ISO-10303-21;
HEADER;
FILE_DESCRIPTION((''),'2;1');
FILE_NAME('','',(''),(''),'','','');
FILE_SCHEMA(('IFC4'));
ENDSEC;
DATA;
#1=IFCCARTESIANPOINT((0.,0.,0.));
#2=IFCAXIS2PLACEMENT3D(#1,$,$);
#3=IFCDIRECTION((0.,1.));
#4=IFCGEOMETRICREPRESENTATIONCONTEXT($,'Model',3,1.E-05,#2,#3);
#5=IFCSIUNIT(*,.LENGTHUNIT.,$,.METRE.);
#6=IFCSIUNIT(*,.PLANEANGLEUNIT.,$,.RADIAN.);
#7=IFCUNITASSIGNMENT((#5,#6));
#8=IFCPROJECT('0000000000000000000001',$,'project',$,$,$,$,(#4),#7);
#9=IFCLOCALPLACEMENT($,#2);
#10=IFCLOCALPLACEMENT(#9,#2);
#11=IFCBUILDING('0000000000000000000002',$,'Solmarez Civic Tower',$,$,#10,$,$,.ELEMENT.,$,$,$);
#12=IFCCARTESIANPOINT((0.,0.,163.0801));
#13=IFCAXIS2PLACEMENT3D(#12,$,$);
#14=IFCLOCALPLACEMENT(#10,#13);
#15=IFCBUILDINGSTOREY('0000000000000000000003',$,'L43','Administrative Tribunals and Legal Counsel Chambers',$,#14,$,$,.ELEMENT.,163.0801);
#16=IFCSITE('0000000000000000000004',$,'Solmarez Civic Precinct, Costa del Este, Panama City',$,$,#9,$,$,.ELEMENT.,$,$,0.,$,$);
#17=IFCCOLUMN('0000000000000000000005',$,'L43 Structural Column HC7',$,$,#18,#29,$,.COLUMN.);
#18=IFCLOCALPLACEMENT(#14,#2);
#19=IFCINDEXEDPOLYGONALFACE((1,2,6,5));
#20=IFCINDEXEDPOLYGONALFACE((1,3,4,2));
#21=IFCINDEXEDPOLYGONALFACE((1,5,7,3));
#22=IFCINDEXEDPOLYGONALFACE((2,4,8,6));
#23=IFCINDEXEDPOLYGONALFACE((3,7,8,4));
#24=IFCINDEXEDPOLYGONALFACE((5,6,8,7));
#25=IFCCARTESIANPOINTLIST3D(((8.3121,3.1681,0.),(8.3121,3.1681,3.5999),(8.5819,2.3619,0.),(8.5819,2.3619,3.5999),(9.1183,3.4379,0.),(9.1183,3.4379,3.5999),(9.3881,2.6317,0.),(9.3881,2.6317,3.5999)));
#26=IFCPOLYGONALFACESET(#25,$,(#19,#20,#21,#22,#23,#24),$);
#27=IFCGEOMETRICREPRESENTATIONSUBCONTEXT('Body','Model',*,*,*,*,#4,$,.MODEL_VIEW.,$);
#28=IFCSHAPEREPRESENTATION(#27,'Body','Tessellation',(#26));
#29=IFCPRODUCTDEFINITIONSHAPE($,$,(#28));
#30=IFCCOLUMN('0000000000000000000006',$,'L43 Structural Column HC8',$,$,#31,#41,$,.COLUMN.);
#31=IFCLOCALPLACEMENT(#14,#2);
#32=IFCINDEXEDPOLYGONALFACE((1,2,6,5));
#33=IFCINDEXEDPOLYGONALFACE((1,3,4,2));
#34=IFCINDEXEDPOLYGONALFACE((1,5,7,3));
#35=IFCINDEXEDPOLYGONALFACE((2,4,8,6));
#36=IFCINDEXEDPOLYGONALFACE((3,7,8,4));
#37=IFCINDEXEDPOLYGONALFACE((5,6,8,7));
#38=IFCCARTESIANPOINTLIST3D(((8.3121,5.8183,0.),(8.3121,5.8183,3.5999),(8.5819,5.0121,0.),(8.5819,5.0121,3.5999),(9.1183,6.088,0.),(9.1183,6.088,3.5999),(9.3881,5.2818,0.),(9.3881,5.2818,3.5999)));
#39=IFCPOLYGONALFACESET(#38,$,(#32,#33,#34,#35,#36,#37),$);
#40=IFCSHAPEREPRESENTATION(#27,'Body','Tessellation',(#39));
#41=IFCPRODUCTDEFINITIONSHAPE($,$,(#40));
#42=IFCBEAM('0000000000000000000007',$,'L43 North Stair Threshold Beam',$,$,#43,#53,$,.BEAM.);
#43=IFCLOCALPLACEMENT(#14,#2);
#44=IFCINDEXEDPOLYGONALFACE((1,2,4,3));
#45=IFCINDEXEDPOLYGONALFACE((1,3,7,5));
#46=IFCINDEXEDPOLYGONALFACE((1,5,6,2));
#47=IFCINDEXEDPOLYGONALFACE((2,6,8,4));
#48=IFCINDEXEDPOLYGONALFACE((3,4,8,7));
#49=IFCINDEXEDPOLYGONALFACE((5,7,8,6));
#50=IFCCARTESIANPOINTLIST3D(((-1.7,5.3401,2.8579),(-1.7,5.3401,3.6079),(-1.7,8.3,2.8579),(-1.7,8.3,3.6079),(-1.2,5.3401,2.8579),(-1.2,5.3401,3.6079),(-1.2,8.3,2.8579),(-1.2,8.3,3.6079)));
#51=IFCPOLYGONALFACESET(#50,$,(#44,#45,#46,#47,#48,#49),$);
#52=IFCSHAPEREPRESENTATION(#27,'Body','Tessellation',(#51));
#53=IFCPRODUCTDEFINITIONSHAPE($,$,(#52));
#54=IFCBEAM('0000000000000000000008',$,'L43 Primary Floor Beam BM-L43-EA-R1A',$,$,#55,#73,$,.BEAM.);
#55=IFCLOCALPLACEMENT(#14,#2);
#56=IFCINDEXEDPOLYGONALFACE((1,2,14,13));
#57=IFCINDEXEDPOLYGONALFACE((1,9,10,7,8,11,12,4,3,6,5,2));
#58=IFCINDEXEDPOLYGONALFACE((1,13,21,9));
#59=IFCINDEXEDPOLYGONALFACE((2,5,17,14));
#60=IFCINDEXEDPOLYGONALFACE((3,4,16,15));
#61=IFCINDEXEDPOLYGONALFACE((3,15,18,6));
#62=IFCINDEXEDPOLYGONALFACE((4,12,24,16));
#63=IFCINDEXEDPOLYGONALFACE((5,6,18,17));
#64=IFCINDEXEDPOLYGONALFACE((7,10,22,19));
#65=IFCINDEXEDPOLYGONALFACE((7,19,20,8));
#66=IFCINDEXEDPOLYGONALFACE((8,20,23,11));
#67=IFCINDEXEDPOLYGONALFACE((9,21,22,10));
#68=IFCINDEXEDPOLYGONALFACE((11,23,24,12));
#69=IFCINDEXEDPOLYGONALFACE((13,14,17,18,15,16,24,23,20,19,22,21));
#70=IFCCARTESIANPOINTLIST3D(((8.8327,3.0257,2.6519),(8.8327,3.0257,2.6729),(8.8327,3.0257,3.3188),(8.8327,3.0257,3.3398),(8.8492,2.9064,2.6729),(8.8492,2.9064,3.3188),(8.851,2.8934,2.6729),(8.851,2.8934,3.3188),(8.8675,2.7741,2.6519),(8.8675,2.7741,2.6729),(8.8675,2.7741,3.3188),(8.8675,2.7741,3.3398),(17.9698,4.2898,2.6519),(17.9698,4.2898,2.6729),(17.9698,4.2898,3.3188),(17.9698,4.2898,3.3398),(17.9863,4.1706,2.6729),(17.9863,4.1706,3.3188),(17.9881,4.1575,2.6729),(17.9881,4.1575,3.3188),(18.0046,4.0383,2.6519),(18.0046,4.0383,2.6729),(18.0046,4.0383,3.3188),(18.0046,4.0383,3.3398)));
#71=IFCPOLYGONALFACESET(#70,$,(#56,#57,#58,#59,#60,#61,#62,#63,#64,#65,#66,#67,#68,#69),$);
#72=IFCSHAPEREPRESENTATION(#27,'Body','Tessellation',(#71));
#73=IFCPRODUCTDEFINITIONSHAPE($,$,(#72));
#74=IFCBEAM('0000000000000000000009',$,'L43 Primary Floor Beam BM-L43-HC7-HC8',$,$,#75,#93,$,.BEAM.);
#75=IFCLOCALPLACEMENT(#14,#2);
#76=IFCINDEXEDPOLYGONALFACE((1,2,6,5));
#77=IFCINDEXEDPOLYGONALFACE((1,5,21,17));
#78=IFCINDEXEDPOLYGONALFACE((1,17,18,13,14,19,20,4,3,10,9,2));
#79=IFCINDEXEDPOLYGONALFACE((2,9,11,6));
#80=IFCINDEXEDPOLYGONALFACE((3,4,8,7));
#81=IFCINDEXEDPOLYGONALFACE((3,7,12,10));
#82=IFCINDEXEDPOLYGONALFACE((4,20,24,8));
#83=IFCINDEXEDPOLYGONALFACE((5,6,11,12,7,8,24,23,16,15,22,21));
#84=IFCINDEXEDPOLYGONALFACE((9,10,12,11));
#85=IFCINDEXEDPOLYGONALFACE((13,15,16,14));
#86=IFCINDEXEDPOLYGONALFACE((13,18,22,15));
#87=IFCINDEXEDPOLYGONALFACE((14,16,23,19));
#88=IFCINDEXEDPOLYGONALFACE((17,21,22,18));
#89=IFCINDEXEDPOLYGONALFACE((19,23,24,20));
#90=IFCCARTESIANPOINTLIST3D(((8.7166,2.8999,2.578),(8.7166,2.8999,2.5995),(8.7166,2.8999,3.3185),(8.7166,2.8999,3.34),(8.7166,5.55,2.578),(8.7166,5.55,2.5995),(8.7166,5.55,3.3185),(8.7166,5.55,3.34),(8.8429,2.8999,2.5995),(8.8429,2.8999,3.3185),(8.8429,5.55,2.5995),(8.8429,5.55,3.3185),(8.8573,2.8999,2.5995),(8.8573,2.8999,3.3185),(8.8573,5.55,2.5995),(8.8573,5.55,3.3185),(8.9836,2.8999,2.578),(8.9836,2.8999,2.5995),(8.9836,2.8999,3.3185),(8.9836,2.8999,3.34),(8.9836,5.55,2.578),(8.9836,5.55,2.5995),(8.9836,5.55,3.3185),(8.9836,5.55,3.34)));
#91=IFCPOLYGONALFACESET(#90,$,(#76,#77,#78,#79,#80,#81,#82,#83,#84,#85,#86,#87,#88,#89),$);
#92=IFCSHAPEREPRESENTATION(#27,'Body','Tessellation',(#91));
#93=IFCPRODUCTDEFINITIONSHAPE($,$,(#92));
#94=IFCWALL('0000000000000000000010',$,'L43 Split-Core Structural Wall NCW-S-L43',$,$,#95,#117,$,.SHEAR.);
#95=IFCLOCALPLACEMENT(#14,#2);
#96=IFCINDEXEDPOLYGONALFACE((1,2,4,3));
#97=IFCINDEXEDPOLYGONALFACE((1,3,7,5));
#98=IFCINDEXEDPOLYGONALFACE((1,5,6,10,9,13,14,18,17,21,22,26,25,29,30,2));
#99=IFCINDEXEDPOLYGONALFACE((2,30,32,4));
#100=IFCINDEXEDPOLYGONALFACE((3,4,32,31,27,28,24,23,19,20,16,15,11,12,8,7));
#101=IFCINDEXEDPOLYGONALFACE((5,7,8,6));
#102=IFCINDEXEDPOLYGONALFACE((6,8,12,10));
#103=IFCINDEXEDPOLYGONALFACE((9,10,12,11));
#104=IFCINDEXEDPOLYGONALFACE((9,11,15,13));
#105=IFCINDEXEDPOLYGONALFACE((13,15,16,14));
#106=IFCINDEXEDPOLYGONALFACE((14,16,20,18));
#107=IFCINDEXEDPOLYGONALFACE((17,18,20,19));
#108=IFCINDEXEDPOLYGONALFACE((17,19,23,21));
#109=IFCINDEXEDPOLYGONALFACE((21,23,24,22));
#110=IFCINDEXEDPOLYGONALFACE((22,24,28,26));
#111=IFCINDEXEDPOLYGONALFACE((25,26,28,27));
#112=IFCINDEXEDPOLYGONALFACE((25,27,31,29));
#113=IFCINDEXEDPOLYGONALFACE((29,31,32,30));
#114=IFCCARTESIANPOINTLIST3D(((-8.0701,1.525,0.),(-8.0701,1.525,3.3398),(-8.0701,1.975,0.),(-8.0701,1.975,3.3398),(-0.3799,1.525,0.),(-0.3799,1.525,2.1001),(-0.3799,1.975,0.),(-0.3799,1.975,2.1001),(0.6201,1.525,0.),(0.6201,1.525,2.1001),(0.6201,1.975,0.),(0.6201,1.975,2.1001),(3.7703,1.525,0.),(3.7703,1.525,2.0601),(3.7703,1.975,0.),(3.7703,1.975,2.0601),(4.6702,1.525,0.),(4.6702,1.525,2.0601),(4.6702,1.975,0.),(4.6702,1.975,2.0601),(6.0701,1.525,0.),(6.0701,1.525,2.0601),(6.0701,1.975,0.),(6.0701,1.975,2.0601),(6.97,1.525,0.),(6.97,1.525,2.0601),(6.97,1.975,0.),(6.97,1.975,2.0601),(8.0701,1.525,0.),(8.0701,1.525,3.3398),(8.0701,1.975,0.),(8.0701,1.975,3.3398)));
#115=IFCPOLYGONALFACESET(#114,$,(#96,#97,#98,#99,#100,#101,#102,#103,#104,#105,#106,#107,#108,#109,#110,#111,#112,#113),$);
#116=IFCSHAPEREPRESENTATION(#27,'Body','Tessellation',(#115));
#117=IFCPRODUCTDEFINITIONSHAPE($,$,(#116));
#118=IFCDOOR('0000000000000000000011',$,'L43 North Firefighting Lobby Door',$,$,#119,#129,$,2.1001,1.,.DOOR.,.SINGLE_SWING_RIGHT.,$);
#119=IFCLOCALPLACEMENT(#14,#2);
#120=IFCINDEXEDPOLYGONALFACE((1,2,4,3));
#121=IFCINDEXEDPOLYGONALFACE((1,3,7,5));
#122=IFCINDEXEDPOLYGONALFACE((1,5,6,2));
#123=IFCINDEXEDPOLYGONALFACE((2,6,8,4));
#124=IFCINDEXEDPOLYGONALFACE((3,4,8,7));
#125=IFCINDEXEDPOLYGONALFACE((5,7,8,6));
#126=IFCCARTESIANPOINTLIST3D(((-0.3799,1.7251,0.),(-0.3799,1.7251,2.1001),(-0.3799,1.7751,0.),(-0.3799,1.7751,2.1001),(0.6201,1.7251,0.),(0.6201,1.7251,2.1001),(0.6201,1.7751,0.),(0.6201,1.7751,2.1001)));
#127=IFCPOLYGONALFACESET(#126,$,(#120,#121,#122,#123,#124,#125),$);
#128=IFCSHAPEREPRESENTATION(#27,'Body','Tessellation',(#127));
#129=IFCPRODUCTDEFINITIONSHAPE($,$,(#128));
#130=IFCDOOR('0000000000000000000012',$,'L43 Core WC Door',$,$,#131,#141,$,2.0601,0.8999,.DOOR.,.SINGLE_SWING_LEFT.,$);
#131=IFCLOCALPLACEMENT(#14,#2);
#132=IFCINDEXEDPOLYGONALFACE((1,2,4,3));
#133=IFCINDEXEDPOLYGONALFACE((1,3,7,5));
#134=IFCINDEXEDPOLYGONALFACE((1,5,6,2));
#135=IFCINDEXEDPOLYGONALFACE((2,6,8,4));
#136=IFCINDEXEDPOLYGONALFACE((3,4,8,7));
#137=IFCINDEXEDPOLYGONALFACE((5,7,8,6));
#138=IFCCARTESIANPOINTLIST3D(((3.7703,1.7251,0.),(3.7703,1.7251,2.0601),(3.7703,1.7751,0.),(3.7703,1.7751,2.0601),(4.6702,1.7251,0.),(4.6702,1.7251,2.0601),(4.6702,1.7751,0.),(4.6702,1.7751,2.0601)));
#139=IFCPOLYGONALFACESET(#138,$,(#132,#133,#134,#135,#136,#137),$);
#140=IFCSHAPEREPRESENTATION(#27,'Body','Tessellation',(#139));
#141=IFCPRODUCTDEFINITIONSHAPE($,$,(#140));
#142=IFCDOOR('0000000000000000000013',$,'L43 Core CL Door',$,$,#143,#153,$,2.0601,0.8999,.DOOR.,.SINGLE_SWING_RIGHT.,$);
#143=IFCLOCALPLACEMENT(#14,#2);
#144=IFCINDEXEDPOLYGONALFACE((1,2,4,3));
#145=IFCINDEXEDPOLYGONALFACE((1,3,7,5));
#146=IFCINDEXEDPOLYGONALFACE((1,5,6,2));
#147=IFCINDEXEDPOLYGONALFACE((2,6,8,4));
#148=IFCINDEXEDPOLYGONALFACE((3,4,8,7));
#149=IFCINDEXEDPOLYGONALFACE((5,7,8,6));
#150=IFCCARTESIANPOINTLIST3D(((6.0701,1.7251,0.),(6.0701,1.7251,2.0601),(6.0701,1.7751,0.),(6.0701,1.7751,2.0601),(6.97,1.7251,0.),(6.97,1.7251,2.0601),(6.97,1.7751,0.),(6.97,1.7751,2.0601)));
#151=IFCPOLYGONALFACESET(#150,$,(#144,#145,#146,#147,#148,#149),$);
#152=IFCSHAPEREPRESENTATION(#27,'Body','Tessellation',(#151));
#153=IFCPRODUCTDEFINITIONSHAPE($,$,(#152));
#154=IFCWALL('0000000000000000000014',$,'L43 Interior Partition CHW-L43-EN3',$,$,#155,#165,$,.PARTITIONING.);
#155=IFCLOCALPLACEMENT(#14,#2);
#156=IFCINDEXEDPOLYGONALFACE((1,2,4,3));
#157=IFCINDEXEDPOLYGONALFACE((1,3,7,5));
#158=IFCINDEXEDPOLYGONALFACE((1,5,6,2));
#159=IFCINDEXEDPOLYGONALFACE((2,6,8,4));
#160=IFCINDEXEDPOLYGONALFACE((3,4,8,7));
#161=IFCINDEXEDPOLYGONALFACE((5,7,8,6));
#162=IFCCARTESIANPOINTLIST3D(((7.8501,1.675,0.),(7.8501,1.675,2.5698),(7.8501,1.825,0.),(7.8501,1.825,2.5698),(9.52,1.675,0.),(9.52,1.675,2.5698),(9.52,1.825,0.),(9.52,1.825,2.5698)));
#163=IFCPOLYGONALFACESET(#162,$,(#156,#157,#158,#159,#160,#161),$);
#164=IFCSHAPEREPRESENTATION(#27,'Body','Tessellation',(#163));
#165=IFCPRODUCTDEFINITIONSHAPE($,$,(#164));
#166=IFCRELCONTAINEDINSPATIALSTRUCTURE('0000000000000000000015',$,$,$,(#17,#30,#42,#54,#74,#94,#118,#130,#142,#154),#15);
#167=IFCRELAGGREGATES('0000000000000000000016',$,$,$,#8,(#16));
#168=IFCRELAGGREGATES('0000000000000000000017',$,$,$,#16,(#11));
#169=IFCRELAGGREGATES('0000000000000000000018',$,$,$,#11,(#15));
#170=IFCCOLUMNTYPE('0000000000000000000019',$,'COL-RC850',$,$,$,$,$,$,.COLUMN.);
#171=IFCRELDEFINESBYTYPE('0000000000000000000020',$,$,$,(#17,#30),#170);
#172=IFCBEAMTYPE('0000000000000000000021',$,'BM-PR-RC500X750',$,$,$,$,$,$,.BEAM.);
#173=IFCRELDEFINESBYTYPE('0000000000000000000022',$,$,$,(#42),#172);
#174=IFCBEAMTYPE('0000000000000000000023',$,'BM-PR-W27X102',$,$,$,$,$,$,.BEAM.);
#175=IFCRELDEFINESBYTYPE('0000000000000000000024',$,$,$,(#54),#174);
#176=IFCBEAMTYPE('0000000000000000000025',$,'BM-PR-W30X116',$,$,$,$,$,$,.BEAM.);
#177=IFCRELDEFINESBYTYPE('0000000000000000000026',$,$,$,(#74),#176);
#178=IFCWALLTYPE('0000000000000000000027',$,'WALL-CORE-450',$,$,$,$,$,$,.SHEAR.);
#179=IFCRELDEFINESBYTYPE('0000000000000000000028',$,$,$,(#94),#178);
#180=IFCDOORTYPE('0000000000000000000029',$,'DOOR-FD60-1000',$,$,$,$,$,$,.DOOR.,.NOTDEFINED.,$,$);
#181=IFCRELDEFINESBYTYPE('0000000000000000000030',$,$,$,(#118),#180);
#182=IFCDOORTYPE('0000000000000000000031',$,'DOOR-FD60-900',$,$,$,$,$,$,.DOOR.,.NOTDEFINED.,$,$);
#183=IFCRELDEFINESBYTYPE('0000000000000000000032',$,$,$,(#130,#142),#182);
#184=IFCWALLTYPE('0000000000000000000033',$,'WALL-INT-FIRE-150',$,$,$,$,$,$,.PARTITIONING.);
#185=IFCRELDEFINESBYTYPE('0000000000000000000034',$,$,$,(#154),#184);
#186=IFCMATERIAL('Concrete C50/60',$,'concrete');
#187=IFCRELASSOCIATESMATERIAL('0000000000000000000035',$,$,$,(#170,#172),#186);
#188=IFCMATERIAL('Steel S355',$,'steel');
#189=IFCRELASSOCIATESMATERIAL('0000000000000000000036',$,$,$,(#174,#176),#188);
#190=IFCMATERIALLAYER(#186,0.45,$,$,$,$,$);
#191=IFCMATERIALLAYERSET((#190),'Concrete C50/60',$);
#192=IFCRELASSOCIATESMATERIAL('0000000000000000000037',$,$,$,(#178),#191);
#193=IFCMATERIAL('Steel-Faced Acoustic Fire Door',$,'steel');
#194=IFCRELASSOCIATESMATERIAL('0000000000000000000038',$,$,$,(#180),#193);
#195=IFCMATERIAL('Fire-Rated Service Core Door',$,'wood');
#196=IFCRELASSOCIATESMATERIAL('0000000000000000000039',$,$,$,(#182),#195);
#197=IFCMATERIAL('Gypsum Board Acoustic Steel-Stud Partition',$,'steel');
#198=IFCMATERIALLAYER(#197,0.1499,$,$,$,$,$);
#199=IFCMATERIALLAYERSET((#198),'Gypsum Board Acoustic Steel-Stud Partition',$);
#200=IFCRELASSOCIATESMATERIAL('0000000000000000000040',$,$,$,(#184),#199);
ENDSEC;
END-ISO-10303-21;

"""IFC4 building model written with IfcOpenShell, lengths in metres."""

from ifc_helpers import new_model, si_unit, direction, frame, frame_2d, origin, origin_2d, place, context, subcontext, project, spatial, rectangle, i_section, extrude, material, layer, layer_set, material_profile, profile_set, type_object, element, fill, save


model = new_model("IFC4")

# Units and contexts
model_context = context("Model", 3, precision=1e-05, world=origin(), true_north=direction((0.0, 1.0)))
body_context = subcontext(model_context, "Body", "Model", "MODEL_VIEW")
ifc_project = project(units=[si_unit("LENGTHUNIT", "METRE"), si_unit("PLANEANGLEUNIT", "RADIAN")], contexts=[model_context])

# Site, building, storey
site_placement = place(None, origin())
site = spatial("IfcSite", under=ifc_project, at=site_placement, Name="Solmarez Civic Precinct, Costa del Este, Panama City", CompositionType="ELEMENT", RefElevation=0.0)
building_placement = place(site_placement, origin())
building = spatial("IfcBuilding", under=site, at=building_placement, Name="Solmarez Civic Tower", CompositionType="ELEMENT")
storey_placement = place(building_placement, frame((0.0, 0.0, 163.0801)))
storey = spatial("IfcBuildingStorey", under=building, at=storey_placement, Name="L43", Description="Administrative Tribunals and Legal Counsel Chambers", CompositionType="ELEMENT", Elevation=163.0801)

# Columns
ifc_material_1 = material(Name="Concrete C50/60", Category="concrete")
ifc_material_profile_1 = material_profile(ifc_material_1, rectangle(XDim=0.8501, YDim=0.8501, at=origin_2d()), Name="RC850X850")
ifc_profile_set_1 = profile_set([ifc_material_profile_1], Name="Concrete C50/60")
column_type = type_object("IfcColumnType", Name="COL-RC850", PredefinedType="COLUMN", material=ifc_profile_set_1)
for number, where, z_axis, x_axis, name in (
    (1, (8.8501, 2.8999, 0.0), (0.0, 0.0, 1.0), (0.948324, 0.317305, 0.0), "L43 Structural Column HC7"),
    (2, (8.8501, 5.55, 0.0), (0.0, 0.0, 1.0), (0.948324, 0.317305, 0.0), "L43 Structural Column HC8"),
):
    element("IfcColumn", number, at=place(storey_placement, frame(where, z_axis=z_axis, x_axis=x_axis)), inside=storey, type_object=column_type, Name=name, PredefinedType="COLUMN", context=body_context, shape_type="SweptSolid", body=[
        extrude(rectangle(XDim=0.8501, YDim=0.8501, at=origin_2d()), origin(), (0.0, 0.0, 1.0), 3.5999),
    ])

# Beams
ifc_material_profile_2 = material_profile(ifc_material_1, rectangle(XDim=0.5, YDim=0.75, at=origin_2d()), Name="RC500X750")
ifc_profile_set_2 = profile_set([ifc_material_profile_2], Name="Concrete C50/60")
beam_type_1 = type_object("IfcBeamType", Name="BM-PR-RC500X750", PredefinedType="BEAM", material=ifc_profile_set_2)
beam_1_placement = place(storey_placement, frame((-1.45, 5.3401, 3.2329), z_axis=(0.0, 1.0, 0.0), x_axis=(-1.0, 0.0, 0.0)))
element("IfcBeam", 3, at=beam_1_placement, inside=storey, type_object=beam_type_1, Name="L43 North Stair Threshold Beam", PredefinedType="BEAM", context=body_context, shape_type="SweptSolid", body=[
    extrude(rectangle(XDim=0.5, YDim=0.75, at=origin_2d()), origin(), (0.0, 0.0, 1.0), 2.96),
])
ifc_material_2 = material(Name="Steel S355", Category="steel")
ifc_material_profile_3 = material_profile(ifc_material_2, i_section(OverallWidth=0.2539, OverallDepth=0.688, WebThickness=0.0132, FlangeThickness=0.021, at=origin_2d()), Name="W27X102")
ifc_profile_set_3 = profile_set([ifc_material_profile_3], Name="Steel S355")
beam_type_2 = type_object("IfcBeamType", Name="BM-PR-W27X102", PredefinedType="BEAM", material=ifc_profile_set_3)
beam_2_placement = place(storey_placement, frame((8.8501, 2.8999, 2.9958), z_axis=(0.990564, 0.137051, 0.0), x_axis=(-0.137051, 0.990564, 0.0)))
element("IfcBeam", 4, at=beam_2_placement, inside=storey, type_object=beam_type_2, Name="L43 Primary Floor Beam BM-L43-EA-R1A", PredefinedType="BEAM", context=body_context, shape_type="SweptSolid", body=[
    extrude(i_section(OverallWidth=0.2539, OverallDepth=0.688, WebThickness=0.0132, FlangeThickness=0.021, at=origin_2d()), origin(), (0.0, 0.0, 1.0), 9.2241),
])
ifc_material_profile_4 = material_profile(ifc_material_2, i_section(OverallWidth=0.2671, OverallDepth=0.762, WebThickness=0.0144, FlangeThickness=0.0215, at=origin_2d()), Name="W30X116")
ifc_profile_set_4 = profile_set([ifc_material_profile_4], Name="Steel S355")
beam_type_3 = type_object("IfcBeamType", Name="BM-PR-W30X116", PredefinedType="BEAM", material=ifc_profile_set_4)
beam_3_placement = place(storey_placement, frame((8.8501, 2.8999, 2.959), z_axis=(0.0, 1.0, 0.0), x_axis=(-1.0, 0.0, 0.0)))
element("IfcBeam", 5, at=beam_3_placement, inside=storey, type_object=beam_type_3, Name="L43 Primary Floor Beam BM-L43-HC7-HC8", PredefinedType="BEAM", context=body_context, shape_type="SweptSolid", body=[
    extrude(i_section(OverallWidth=0.2671, OverallDepth=0.762, WebThickness=0.0144, FlangeThickness=0.0215, at=origin_2d()), origin(), (0.0, 0.0, 1.0), 2.6501),
])

# Wall, openings, doors
ifc_layer_1 = layer(ifc_material_1, 0.45)
ifc_layer_set_1 = layer_set([ifc_layer_1], Name="Concrete C50/60")
wall_type_1 = type_object("IfcWallType", Name="WALL-CORE-450", PredefinedType="SHEAR", material=ifc_layer_set_1)
wall_1_placement = place(storey_placement, frame((8.0701, 1.75, 0.0), z_axis=(0.0, 0.0, 1.0), x_axis=(-1.0, 0.0, 0.0)))
wall_1 = element("IfcWall", 6, at=wall_1_placement, inside=storey, type_object=wall_type_1, Name="L43 Split-Core Structural Wall NCW-S-L43", PredefinedType="SHEAR", context=body_context, shape_type="SweptSolid", body=[
    extrude(rectangle(XDim=16.1401, YDim=0.45, at=frame_2d((8.0701, 0.0))), origin(), (0.0, 0.0, 1.0), 3.3398),
])
opening_1_placement = place(wall_1_placement, frame((7.45, 0.0, 0.0)))
opening_1 = element("IfcOpeningElement", 7, at=opening_1_placement, cuts=wall_1, PredefinedType="OPENING", context=body_context, shape_type="SweptSolid", body=[
    extrude(rectangle(XDim=1.0, YDim=2.1001, at=frame_2d((0.5, 1.05))), frame((0.0, 0.2349, 0.0), z_axis=(0.0, -1.0, 0.0), x_axis=(1.0, 0.0, 0.0)), (0.0, 0.0, 1.0), 0.47),
])
opening_2_placement = place(wall_1_placement, frame((3.3999, 0.0, 0.0)))
opening_2 = element("IfcOpeningElement", 8, at=opening_2_placement, cuts=wall_1, PredefinedType="OPENING", context=body_context, shape_type="SweptSolid", body=[
    extrude(rectangle(XDim=0.8999, YDim=2.0601, at=frame_2d((0.45, 1.03))), frame((0.0, 0.2349, 0.0), z_axis=(0.0, -1.0, 0.0), x_axis=(1.0, 0.0, 0.0)), (0.0, 0.0, 1.0), 0.47),
])
opening_3_placement = place(wall_1_placement, frame((1.1001, 0.0, 0.0)))
opening_3 = element("IfcOpeningElement", 9, at=opening_3_placement, cuts=wall_1, PredefinedType="OPENING", context=body_context, shape_type="SweptSolid", body=[
    extrude(rectangle(XDim=0.8999, YDim=2.0601, at=frame_2d((0.45, 1.03))), frame((0.0, 0.2349, 0.0), z_axis=(0.0, -1.0, 0.0), x_axis=(1.0, 0.0, 0.0)), (0.0, 0.0, 1.0), 0.47),
])
ifc_material_3 = material(Name="Steel-Faced Acoustic Fire Door", Category="steel")
door_type_1 = type_object("IfcDoorType", Name="DOOR-FD60-1000", OperationType="NOTDEFINED", PredefinedType="DOOR", material=ifc_material_3)
door_1_placement = place(opening_1_placement, origin())
door_1 = element("IfcDoor", 10, at=door_1_placement, inside=storey, type_object=door_type_1, Name="L43 North Firefighting Lobby Door", OperationType="SINGLE_SWING_RIGHT", OverallHeight=2.1001, OverallWidth=1.0, PredefinedType="DOOR", context=body_context, shape_type="SweptSolid", body=[
    extrude(rectangle(XDim=1.0, YDim=2.1001, at=frame_2d((0.5, 1.05))), frame((0.0, 0.0249, 0.0), z_axis=(0.0, -1.0, 0.0), x_axis=(1.0, 0.0, 0.0)), (0.0, 0.0, 1.0), 0.05),
])
fill(opening_1, door_1)
ifc_material_4 = material(Name="Fire-Rated Service Core Door", Category="wood")
door_type_2 = type_object("IfcDoorType", Name="DOOR-FD60-900", OperationType="NOTDEFINED", PredefinedType="DOOR", material=ifc_material_4)
door_2_placement = place(opening_2_placement, origin())
door_2 = element("IfcDoor", 11, at=door_2_placement, inside=storey, type_object=door_type_2, Name="L43 Core WC Door", OperationType="SINGLE_SWING_LEFT", OverallHeight=2.0601, OverallWidth=0.8999, PredefinedType="DOOR", context=body_context, shape_type="SweptSolid", body=[
    extrude(rectangle(XDim=0.8999, YDim=2.0601, at=frame_2d((0.45, 1.03))), frame((0.0, 0.0249, 0.0), z_axis=(0.0, -1.0, 0.0), x_axis=(1.0, 0.0, 0.0)), (0.0, 0.0, 1.0), 0.05),
])
fill(opening_2, door_2)
door_3_placement = place(opening_3_placement, origin())
door_3 = element("IfcDoor", 12, at=door_3_placement, inside=storey, type_object=door_type_2, Name="L43 Core CL Door", OperationType="SINGLE_SWING_RIGHT", OverallHeight=2.0601, OverallWidth=0.8999, PredefinedType="DOOR", context=body_context, shape_type="SweptSolid", body=[
    extrude(rectangle(XDim=0.8999, YDim=2.0601, at=frame_2d((0.45, 1.03))), frame((0.0, 0.0249, 0.0), z_axis=(0.0, -1.0, 0.0), x_axis=(1.0, 0.0, 0.0)), (0.0, 0.0, 1.0), 0.05),
])
fill(opening_3, door_3)

# Wall
ifc_material_5 = material(Name="Gypsum Board Acoustic Steel-Stud Partition", Category="steel")
ifc_layer_2 = layer(ifc_material_5, 0.1499)
ifc_layer_set_2 = layer_set([ifc_layer_2], Name="Gypsum Board Acoustic Steel-Stud Partition")
wall_type_2 = type_object("IfcWallType", Name="WALL-INT-FIRE-150", PredefinedType="PARTITIONING", material=ifc_layer_set_2)
wall_2_placement = place(storey_placement, frame((7.8501, 1.75, 0.0), z_axis=(0.0, 0.0, 1.0), x_axis=(1.0, 0.0, 0.0)))
element("IfcWall", 13, at=wall_2_placement, inside=storey, type_object=wall_type_2, Name="L43 Interior Partition CHW-L43-EN3", PredefinedType="PARTITIONING", context=body_context, shape_type="SweptSolid", body=[
    extrude(rectangle(XDim=1.6699, YDim=0.1499, at=frame_2d((0.835, 0.0))), origin(), (0.0, 0.0, 1.0), 2.5698),
])

save(model, "model.ifc")
